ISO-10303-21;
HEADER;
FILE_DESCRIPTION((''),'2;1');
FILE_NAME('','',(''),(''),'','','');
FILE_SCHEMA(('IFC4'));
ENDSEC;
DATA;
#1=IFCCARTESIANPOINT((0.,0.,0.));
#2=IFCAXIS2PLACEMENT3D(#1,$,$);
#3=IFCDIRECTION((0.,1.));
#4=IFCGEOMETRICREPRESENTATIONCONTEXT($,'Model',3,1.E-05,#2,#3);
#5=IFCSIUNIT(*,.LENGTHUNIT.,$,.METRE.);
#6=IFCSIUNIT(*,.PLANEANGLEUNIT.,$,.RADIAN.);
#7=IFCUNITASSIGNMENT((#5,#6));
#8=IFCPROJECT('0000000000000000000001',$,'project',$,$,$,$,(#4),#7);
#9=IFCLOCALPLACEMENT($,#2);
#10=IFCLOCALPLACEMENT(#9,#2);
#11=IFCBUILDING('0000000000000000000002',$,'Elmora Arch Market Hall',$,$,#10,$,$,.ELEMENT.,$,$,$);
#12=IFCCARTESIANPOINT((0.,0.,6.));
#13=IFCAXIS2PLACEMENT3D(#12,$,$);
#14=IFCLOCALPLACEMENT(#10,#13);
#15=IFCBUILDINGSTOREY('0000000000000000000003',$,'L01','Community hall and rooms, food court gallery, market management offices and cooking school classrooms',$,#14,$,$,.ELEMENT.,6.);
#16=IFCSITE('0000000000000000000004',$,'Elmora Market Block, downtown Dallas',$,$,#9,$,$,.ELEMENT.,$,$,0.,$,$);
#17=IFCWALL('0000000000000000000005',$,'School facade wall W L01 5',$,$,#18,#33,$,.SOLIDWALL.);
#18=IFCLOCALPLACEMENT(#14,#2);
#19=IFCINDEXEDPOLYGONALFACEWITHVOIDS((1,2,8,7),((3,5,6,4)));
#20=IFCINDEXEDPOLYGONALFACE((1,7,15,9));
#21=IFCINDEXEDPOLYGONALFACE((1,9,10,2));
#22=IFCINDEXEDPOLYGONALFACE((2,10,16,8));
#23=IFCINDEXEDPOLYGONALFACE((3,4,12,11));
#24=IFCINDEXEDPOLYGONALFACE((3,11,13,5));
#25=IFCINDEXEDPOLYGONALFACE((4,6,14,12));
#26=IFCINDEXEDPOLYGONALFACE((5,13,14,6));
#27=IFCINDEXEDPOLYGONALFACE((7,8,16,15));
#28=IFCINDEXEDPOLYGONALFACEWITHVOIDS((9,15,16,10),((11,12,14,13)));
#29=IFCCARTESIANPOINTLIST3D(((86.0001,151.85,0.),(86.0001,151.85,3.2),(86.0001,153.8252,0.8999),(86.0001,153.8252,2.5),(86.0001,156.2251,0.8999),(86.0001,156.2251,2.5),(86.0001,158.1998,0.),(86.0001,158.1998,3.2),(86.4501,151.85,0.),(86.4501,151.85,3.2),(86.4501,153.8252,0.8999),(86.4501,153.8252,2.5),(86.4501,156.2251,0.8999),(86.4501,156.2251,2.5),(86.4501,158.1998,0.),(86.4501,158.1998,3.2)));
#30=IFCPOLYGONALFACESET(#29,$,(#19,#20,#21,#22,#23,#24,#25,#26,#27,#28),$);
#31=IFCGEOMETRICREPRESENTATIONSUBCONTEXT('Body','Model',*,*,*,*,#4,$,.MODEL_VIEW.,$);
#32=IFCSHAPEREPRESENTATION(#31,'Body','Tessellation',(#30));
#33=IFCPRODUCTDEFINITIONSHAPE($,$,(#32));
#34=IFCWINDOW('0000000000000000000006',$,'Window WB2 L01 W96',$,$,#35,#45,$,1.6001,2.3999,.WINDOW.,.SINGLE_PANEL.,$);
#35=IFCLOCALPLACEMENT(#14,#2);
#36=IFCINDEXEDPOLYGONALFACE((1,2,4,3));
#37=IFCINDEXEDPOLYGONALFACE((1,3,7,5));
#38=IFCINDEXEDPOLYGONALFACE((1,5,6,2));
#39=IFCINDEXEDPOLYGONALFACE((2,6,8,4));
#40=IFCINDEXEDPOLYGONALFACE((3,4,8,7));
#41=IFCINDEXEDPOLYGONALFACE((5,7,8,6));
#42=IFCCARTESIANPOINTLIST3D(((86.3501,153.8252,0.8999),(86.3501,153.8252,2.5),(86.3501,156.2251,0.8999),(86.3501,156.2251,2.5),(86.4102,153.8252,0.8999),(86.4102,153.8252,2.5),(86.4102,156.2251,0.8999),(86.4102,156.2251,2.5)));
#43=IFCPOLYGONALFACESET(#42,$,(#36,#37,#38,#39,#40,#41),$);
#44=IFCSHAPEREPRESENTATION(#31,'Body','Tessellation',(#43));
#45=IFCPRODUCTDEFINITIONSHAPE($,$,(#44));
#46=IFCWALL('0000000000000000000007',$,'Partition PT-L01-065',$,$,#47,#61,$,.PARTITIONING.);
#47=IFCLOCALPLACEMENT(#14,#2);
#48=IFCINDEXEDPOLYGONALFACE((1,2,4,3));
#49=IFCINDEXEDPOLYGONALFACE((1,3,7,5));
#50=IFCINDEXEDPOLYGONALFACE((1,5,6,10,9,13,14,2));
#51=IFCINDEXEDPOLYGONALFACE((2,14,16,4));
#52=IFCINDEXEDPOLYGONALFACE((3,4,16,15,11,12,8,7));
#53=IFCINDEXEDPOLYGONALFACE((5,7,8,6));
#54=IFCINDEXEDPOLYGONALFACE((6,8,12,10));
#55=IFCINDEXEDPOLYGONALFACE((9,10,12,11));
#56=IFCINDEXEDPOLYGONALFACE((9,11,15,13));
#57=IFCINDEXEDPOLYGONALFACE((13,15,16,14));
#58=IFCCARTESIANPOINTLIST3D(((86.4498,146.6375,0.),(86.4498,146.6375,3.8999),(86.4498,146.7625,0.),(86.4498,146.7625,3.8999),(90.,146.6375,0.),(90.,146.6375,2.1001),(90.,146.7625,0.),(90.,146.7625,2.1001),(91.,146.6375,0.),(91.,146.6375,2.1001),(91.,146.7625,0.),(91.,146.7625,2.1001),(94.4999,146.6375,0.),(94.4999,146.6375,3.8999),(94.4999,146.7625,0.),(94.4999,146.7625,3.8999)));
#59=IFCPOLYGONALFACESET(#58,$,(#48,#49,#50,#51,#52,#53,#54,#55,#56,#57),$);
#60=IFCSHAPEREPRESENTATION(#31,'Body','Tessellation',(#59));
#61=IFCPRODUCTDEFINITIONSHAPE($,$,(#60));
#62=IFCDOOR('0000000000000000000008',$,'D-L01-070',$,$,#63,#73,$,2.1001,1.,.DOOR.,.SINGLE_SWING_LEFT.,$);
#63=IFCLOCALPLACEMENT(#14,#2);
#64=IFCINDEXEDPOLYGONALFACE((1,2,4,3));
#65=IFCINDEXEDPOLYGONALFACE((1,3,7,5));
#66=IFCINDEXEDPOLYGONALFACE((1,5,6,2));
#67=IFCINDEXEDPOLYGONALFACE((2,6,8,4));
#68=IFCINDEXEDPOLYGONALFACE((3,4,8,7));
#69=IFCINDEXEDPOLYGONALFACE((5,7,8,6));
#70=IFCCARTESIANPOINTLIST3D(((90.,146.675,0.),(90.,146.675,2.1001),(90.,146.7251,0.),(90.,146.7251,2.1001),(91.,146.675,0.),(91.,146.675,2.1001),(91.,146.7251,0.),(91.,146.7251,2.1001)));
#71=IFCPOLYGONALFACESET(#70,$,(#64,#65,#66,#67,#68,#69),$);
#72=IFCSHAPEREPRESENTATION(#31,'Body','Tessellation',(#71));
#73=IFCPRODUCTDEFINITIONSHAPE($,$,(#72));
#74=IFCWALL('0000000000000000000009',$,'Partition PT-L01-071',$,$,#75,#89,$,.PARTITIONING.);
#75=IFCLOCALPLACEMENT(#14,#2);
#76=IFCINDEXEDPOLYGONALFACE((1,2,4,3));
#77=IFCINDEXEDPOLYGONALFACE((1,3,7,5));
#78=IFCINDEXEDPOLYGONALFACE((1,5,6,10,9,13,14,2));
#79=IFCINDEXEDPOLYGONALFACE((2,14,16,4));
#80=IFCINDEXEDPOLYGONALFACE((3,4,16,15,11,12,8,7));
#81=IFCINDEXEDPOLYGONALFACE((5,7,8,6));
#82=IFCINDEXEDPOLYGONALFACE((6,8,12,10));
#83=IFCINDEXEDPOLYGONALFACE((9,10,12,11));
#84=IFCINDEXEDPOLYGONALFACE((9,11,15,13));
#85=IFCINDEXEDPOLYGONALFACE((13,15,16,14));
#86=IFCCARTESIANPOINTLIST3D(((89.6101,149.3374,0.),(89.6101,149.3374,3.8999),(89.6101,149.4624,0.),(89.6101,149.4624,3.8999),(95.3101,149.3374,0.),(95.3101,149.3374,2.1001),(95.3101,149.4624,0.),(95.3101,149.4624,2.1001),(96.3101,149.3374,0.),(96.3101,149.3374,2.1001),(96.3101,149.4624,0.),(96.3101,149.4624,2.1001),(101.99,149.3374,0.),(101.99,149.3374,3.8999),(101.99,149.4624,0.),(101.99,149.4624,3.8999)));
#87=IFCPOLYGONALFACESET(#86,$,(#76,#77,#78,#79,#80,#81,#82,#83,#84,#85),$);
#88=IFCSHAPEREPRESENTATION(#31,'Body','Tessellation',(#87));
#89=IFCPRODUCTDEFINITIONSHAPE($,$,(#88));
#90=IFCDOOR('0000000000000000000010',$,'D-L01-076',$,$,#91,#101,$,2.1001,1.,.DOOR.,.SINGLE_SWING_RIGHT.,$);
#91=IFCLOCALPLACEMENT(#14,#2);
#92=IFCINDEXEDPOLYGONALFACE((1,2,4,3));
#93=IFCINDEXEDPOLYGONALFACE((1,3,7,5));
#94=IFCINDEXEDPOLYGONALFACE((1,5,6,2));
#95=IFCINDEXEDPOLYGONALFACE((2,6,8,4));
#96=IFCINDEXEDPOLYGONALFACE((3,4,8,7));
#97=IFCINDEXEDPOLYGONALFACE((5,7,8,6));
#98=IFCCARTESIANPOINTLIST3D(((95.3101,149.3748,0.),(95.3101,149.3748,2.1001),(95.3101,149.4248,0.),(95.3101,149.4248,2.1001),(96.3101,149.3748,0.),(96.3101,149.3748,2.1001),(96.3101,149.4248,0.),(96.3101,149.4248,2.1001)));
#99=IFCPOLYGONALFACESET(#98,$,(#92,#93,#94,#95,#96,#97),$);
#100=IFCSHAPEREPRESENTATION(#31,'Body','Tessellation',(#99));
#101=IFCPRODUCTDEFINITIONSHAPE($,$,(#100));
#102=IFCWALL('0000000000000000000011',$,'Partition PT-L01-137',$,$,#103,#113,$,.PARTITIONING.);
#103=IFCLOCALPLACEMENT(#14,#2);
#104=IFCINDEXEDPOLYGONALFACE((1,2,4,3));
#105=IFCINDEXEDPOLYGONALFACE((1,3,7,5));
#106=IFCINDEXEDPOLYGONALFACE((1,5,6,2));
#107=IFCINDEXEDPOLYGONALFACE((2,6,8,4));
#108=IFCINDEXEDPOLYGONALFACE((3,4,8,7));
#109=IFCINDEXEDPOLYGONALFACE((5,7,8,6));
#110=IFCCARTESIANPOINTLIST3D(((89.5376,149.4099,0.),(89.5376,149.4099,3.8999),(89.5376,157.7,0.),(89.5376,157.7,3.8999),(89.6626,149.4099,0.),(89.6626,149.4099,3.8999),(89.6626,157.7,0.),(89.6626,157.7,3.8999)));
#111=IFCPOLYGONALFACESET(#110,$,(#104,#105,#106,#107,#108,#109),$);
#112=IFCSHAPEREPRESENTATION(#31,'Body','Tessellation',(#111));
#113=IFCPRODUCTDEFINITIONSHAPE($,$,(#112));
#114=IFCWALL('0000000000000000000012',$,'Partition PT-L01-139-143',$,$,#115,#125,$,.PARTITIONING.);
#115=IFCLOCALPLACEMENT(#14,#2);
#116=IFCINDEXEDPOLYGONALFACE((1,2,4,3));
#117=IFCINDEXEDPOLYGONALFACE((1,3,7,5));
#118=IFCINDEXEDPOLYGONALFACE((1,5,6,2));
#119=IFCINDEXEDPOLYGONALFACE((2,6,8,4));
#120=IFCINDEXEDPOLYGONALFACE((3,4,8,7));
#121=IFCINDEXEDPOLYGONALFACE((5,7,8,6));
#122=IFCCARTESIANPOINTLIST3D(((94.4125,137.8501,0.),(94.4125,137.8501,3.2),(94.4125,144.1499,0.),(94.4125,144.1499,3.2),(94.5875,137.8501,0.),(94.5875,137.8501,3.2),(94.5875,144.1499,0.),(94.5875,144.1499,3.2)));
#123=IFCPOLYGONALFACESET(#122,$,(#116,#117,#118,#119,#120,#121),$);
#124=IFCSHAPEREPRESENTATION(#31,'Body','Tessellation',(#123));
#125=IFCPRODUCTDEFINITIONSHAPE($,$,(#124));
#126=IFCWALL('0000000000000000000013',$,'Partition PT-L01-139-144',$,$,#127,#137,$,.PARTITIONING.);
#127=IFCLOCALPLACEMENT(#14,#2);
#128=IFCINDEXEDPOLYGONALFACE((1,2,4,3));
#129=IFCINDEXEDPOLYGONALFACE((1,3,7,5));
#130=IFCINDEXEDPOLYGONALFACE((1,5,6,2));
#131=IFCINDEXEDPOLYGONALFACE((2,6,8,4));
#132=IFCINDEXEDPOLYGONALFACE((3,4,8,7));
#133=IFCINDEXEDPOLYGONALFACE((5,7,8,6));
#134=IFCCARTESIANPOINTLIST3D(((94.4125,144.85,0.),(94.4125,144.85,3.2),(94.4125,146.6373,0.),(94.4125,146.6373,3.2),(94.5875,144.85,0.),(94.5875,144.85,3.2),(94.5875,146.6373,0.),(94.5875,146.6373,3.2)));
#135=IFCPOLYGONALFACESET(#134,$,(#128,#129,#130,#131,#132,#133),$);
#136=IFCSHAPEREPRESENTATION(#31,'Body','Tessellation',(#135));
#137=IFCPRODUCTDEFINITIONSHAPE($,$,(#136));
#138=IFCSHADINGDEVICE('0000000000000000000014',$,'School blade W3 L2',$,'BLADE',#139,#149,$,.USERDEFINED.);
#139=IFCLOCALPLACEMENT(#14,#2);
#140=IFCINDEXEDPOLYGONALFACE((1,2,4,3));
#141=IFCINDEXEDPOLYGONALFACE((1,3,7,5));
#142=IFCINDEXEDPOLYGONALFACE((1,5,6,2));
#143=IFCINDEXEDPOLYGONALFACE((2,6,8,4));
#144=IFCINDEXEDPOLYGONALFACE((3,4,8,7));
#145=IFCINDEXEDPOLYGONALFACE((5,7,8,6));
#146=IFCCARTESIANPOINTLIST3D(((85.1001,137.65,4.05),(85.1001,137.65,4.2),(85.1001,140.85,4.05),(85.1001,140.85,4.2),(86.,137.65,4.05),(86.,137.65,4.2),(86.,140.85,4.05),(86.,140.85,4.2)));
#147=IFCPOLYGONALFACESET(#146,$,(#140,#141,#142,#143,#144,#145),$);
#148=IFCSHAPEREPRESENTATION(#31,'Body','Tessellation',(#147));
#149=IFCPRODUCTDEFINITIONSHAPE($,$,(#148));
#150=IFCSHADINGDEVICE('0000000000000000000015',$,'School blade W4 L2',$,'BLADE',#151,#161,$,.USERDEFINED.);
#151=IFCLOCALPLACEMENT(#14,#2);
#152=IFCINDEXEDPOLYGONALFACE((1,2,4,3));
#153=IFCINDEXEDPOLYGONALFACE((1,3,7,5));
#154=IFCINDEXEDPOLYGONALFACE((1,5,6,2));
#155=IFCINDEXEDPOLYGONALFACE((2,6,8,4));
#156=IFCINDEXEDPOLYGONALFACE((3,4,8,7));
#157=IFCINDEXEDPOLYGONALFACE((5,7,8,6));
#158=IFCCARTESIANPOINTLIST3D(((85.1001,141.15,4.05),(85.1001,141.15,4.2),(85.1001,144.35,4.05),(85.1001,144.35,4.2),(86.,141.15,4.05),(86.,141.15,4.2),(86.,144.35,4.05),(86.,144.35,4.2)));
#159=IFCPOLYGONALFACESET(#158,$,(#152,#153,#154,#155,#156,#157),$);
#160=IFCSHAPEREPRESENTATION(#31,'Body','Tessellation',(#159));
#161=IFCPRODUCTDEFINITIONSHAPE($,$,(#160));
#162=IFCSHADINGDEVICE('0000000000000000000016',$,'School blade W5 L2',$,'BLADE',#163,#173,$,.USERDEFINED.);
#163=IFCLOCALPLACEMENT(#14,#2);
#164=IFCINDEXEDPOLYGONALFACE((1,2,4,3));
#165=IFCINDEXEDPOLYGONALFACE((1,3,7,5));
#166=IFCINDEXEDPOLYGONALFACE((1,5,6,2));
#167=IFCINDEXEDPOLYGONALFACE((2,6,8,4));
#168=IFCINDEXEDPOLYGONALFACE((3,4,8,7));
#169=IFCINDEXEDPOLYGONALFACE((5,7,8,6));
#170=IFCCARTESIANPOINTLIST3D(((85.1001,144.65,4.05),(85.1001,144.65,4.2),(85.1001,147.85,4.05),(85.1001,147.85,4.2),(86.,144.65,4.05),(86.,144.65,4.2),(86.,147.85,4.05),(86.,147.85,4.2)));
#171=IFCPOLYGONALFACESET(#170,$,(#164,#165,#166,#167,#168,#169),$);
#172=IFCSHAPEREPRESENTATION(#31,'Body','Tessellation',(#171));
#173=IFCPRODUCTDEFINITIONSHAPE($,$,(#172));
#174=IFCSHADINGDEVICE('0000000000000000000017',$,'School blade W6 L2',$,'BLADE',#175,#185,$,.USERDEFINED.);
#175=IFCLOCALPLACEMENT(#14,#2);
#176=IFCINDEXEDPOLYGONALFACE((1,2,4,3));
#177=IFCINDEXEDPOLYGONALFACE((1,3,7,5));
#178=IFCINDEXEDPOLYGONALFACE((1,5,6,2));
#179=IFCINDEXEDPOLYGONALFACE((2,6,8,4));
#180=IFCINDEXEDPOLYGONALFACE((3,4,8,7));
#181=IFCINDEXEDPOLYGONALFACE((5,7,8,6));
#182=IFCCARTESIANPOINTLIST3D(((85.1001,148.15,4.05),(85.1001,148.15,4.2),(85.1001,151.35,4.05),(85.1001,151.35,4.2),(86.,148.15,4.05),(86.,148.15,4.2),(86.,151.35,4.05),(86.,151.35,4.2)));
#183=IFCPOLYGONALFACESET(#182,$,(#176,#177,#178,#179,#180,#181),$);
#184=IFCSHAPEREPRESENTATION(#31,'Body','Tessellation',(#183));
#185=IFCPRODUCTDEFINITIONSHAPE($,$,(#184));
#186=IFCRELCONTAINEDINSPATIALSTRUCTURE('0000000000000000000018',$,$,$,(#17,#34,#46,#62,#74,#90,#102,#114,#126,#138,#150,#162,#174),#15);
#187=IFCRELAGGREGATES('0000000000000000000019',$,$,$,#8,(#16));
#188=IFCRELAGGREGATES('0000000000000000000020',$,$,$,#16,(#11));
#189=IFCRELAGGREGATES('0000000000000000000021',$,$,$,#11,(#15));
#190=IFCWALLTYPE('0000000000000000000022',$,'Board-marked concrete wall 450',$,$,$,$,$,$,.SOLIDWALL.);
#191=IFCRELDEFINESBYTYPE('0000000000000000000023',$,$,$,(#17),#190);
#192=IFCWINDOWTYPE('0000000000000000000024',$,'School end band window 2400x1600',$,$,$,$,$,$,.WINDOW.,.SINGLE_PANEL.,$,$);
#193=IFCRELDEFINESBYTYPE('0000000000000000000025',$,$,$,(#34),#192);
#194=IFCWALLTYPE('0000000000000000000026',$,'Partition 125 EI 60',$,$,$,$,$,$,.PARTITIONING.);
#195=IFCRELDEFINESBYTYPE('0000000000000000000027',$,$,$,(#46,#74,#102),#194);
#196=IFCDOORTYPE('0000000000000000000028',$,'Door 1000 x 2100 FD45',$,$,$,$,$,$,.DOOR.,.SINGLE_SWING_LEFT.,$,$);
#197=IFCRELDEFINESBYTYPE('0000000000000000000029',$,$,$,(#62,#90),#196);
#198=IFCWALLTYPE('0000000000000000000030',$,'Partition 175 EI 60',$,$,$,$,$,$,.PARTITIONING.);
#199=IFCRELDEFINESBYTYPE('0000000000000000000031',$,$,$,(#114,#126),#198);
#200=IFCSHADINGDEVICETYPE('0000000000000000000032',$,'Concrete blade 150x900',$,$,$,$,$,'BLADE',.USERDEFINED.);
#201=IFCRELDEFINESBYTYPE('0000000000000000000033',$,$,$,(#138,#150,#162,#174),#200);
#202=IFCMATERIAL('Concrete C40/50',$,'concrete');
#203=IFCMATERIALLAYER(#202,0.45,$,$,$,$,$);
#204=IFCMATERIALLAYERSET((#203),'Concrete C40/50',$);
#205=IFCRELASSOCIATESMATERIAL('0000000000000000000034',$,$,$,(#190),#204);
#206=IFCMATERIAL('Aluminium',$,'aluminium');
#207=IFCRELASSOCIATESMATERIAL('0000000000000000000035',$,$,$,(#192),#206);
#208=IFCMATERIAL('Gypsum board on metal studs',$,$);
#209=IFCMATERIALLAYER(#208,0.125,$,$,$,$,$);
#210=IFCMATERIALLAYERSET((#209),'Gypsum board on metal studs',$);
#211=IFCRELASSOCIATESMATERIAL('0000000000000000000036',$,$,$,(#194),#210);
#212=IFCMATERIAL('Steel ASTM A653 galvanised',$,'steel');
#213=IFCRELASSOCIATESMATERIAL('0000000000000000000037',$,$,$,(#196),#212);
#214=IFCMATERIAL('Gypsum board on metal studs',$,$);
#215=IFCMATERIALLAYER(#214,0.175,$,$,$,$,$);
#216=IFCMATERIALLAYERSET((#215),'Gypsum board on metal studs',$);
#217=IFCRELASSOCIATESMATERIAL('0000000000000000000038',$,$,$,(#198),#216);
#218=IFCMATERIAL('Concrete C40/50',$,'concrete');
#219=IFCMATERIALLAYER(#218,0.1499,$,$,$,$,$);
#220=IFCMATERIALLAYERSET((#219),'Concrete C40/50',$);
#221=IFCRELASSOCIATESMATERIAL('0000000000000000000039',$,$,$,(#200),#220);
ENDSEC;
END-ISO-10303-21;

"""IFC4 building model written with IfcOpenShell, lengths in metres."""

from ifc_helpers import new_model, si_unit, direction, frame, frame_2d, origin, origin_2d, place, context, subcontext, project, spatial, rectangle, extrude, material, layer, layer_set, type_object, element, fill, save


model = new_model("IFC4")

# Units and contexts
model_context = context("Model", 3, precision=1e-05, world=origin(), true_north=direction((0.0, 1.0)))
body_context = subcontext(model_context, "Body", "Model", "MODEL_VIEW")
ifc_project = project(units=[si_unit("LENGTHUNIT", "METRE"), si_unit("PLANEANGLEUNIT", "RADIAN")], contexts=[model_context])

# Site, building, storey
site_placement = place(None, origin())
site = spatial("IfcSite", under=ifc_project, at=site_placement, Name="Elmora Market Block, downtown Dallas", CompositionType="ELEMENT", RefElevation=0.0)
building_placement = place(site_placement, origin())
building = spatial("IfcBuilding", under=site, at=building_placement, Name="Elmora Arch Market Hall", CompositionType="ELEMENT")
storey_placement = place(building_placement, frame((0.0, 0.0, 6.0)))
storey = spatial("IfcBuildingStorey", under=building, at=storey_placement, Name="L01", Description="Community hall and rooms, food court gallery, market management offices and cooking school classrooms", CompositionType="ELEMENT", Elevation=6.0)

# Wall, opening, window
ifc_material_1 = material(Name="Concrete C40/50", Category="concrete")
ifc_layer_1 = layer(ifc_material_1, 0.45)
ifc_layer_set_1 = layer_set([ifc_layer_1], Name="Concrete C40/50")
wall_type_1 = type_object("IfcWallType", Name="Board-marked concrete wall 450", PredefinedType="SOLIDWALL", material=ifc_layer_set_1)
ifc_material_2 = material(Name="Aluminium", Category="aluminium")
window_type = type_object("IfcWindowType", Name="School end band window 2400x1600", PartitioningType="SINGLE_PANEL", PredefinedType="WINDOW", material=ifc_material_2)
wall_1_placement = place(storey_placement, frame((86.2251, 151.8501, 0.0), z_axis=(0.0, 0.0, 1.0), x_axis=(0.0, 1.0, 0.0)))
wall_1 = element("IfcWall", 1, at=wall_1_placement, inside=storey, type_object=wall_type_1, Name="School facade wall W L01 5", PredefinedType="SOLIDWALL", context=body_context, shape_type="SweptSolid", body=[
    extrude(rectangle(XDim=6.3499, YDim=0.45, at=frame_2d((3.1748, 0.0))), origin(), (0.0, 0.0, 1.0), 3.2),
])
opening_1_placement = place(wall_1_placement, frame((1.9751, 0.0, 0.8999)))
opening_1 = element("IfcOpeningElement", 2, at=opening_1_placement, cuts=wall_1, PredefinedType="OPENING", context=body_context, shape_type="SweptSolid", body=[
    extrude(rectangle(XDim=2.3999, YDim=1.6001, at=frame_2d((1.2, 0.8))), frame((0.0, 0.2349, 0.0), z_axis=(0.0, -1.0, 0.0), x_axis=(1.0, 0.0, 0.0)), (0.0, 0.0, 1.0), 0.47),
])
window_1_placement = place(opening_1_placement, origin())
window_1 = element("IfcWindow", 3, at=window_1_placement, inside=storey, type_object=window_type, Name="Window WB2 L01 W96", OverallHeight=1.6001, OverallWidth=2.3999, PartitioningType="SINGLE_PANEL", PredefinedType="WINDOW", context=body_context, shape_type="SweptSolid", body=[
    extrude(rectangle(XDim=2.3999, YDim=1.6001, at=frame_2d((1.2, 0.8))), frame((0.0, -0.125, 0.0), z_axis=(0.0, -1.0, 0.0), x_axis=(1.0, 0.0, 0.0)), (0.0, 0.0, 1.0), 0.0601),
])
fill(opening_1, window_1)

# Walls, openings, doors
ifc_material_3 = material(Name="Gypsum board on metal studs")
ifc_layer_2 = layer(ifc_material_3, 0.125)
ifc_layer_set_2 = layer_set([ifc_layer_2], Name="Gypsum board on metal studs")
wall_type_2 = type_object("IfcWallType", Name="Partition 125 EI 60", PredefinedType="PARTITIONING", material=ifc_layer_set_2)
wall_2_placement = place(storey_placement, frame((86.45, 146.7, 0.0), z_axis=(0.0, 0.0, 1.0), x_axis=(1.0, 0.0, 0.0)))
wall_2 = element("IfcWall", 4, at=wall_2_placement, inside=storey, type_object=wall_type_2, Name="Partition PT-L01-065", PredefinedType="PARTITIONING", context=body_context, shape_type="SweptSolid", body=[
    extrude(rectangle(XDim=8.05, YDim=0.125, at=frame_2d((4.0249, 0.0))), origin(), (0.0, 0.0, 1.0), 3.8999),
])
opening_2_placement = place(wall_2_placement, frame((3.55, 0.0, 0.0)))
opening_2 = element("IfcOpeningElement", 5, at=opening_2_placement, cuts=wall_2, PredefinedType="OPENING", context=body_context, shape_type="SweptSolid", body=[
    extrude(rectangle(XDim=1.0, YDim=2.1001, at=frame_2d((0.5, 1.05))), frame((0.0, 0.0725, 0.0), z_axis=(0.0, -1.0, 0.0), x_axis=(1.0, 0.0, 0.0)), (0.0, 0.0, 1.0), 0.145),
])
ifc_material_4 = material(Name="Steel ASTM A653 galvanised", Category="steel")
door_type = type_object("IfcDoorType", Name="Door 1000 x 2100 FD45", OperationType="SINGLE_SWING_LEFT", PredefinedType="DOOR", material=ifc_material_4)
door_1_placement = place(opening_2_placement, frame((1.0, 0.0, 0.0), z_axis=(0.0, 0.0, 1.0), x_axis=(-1.0, 0.0, 0.0)))
door_1 = element("IfcDoor", 6, at=door_1_placement, inside=storey, type_object=door_type, Name="D-L01-070", OperationType="SINGLE_SWING_LEFT", OverallHeight=2.1001, OverallWidth=1.0, PredefinedType="DOOR", context=body_context, shape_type="SweptSolid", body=[
    extrude(rectangle(XDim=1.0, YDim=2.1001, at=frame_2d((0.5, 1.05))), frame((0.0, 0.0249, 0.0), z_axis=(0.0, -1.0, 0.0), x_axis=(1.0, 0.0, 0.0)), (0.0, 0.0, 1.0), 0.05),
])
fill(opening_2, door_1)
wall_3_placement = place(storey_placement, frame((89.6101, 149.3999, 0.0), z_axis=(0.0, 0.0, 1.0), x_axis=(1.0, 0.0, 0.0)))
wall_3 = element("IfcWall", 7, at=wall_3_placement, inside=storey, type_object=wall_type_2, Name="Partition PT-L01-071", PredefinedType="PARTITIONING", context=body_context, shape_type="SweptSolid", body=[
    extrude(rectangle(XDim=12.3799, YDim=0.125, at=frame_2d((6.1899, 0.0))), origin(), (0.0, 0.0, 1.0), 3.8999),
])
opening_3_placement = place(wall_3_placement, frame((5.7, 0.0, 0.0)))
opening_3 = element("IfcOpeningElement", 8, at=opening_3_placement, cuts=wall_3, PredefinedType="OPENING", context=body_context, shape_type="SweptSolid", body=[
    extrude(rectangle(XDim=1.0, YDim=2.1001, at=frame_2d((0.5, 1.05))), frame((0.0, 0.0725, 0.0), z_axis=(0.0, -1.0, 0.0), x_axis=(1.0, 0.0, 0.0)), (0.0, 0.0, 1.0), 0.145),
])
door_2_placement = place(opening_3_placement, origin())
door_2 = element("IfcDoor", 9, at=door_2_placement, inside=storey, type_object=door_type, Name="D-L01-076", OperationType="SINGLE_SWING_RIGHT", OverallHeight=2.1001, OverallWidth=1.0, PredefinedType="DOOR", context=body_context, shape_type="SweptSolid", body=[
    extrude(rectangle(XDim=1.0, YDim=2.1001, at=frame_2d((0.5, 1.05))), frame((0.0, 0.0249, 0.0), z_axis=(0.0, -1.0, 0.0), x_axis=(1.0, 0.0, 0.0)), (0.0, 0.0, 1.0), 0.05),
])
fill(opening_3, door_2)

# Walls
wall_4_placement = place(storey_placement, frame((89.6001, 149.4099, 0.0), z_axis=(0.0, 0.0, 1.0), x_axis=(0.0, 1.0, 0.0)))
element("IfcWall", 10, at=wall_4_placement, inside=storey, type_object=wall_type_2, Name="Partition PT-L01-137", PredefinedType="PARTITIONING", context=body_context, shape_type="SweptSolid", body=[
    extrude(rectangle(XDim=8.29, YDim=0.125, at=frame_2d((4.145, 0.0))), origin(), (0.0, 0.0, 1.0), 3.8999),
])
ifc_material_5 = material(Name="Gypsum board on metal studs")
ifc_layer_3 = layer(ifc_material_5, 0.175)
ifc_layer_set_3 = layer_set([ifc_layer_3], Name="Gypsum board on metal studs")
wall_type_3 = type_object("IfcWallType", Name="Partition 175 EI 60", PredefinedType="PARTITIONING", material=ifc_layer_set_3)
wall_5_placement = place(storey_placement, frame((94.5, 137.8501, 0.0), z_axis=(0.0, 0.0, 1.0), x_axis=(0.0, 1.0, 0.0)))
element("IfcWall", 11, at=wall_5_placement, inside=storey, type_object=wall_type_3, Name="Partition PT-L01-139-143", PredefinedType="PARTITIONING", context=body_context, shape_type="SweptSolid", body=[
    extrude(rectangle(XDim=6.2998, YDim=0.175, at=frame_2d((3.1499, 0.0))), origin(), (0.0, 0.0, 1.0), 3.2),
])
wall_6_placement = place(storey_placement, frame((94.5, 144.8501, 0.0), z_axis=(0.0, 0.0, 1.0), x_axis=(0.0, 1.0, 0.0)))
element("IfcWall", 12, at=wall_6_placement, inside=storey, type_object=wall_type_3, Name="Partition PT-L01-139-144", PredefinedType="PARTITIONING", context=body_context, shape_type="SweptSolid", body=[
    extrude(rectangle(XDim=1.7874, YDim=0.175, at=frame_2d((0.8936, 0.0))), origin(), (0.0, 0.0, 1.0), 3.2),
])

# Shading devices
ifc_material_6 = material(Name="Concrete C40/50", Category="concrete")
ifc_layer_4 = layer(ifc_material_6, 0.1499)
ifc_layer_set_4 = layer_set([ifc_layer_4], Name="Concrete C40/50")
shading_device_type_1 = type_object("IfcShadingDeviceType", Name="Concrete blade 150x900", ElementType="BLADE", PredefinedType="USERDEFINED", material=ifc_layer_set_4)
for number, where, z_axis, x_axis, name in (
    (13, (85.55, 139.25, 4.05), (0.0, 0.0, 1.0), (1.0, 0.0, 0.0), "School blade W3 L2"),
    (14, (85.55, 142.75, 4.05), (0.0, 0.0, 1.0), (1.0, 0.0, 0.0), "School blade W4 L2"),
    (15, (85.55, 146.25, 4.05), (0.0, 0.0, 1.0), (1.0, 0.0, 0.0), "School blade W5 L2"),
    (16, (85.55, 149.75, 4.05), (0.0, 0.0, 1.0), (1.0, 0.0, 0.0), "School blade W6 L2"),
):
    element("IfcShadingDevice", number, at=place(storey_placement, frame(where, z_axis=z_axis, x_axis=x_axis)), inside=storey, type_object=shading_device_type_1, Name=name, ObjectType="BLADE", PredefinedType="USERDEFINED", context=body_context, shape_type="SweptSolid", body=[
        extrude(rectangle(XDim=0.8999, YDim=3.2, at=origin_2d()), origin(), (0.0, 0.0, 1.0), 0.1499),
    ])

save(model, "model.ifc")
